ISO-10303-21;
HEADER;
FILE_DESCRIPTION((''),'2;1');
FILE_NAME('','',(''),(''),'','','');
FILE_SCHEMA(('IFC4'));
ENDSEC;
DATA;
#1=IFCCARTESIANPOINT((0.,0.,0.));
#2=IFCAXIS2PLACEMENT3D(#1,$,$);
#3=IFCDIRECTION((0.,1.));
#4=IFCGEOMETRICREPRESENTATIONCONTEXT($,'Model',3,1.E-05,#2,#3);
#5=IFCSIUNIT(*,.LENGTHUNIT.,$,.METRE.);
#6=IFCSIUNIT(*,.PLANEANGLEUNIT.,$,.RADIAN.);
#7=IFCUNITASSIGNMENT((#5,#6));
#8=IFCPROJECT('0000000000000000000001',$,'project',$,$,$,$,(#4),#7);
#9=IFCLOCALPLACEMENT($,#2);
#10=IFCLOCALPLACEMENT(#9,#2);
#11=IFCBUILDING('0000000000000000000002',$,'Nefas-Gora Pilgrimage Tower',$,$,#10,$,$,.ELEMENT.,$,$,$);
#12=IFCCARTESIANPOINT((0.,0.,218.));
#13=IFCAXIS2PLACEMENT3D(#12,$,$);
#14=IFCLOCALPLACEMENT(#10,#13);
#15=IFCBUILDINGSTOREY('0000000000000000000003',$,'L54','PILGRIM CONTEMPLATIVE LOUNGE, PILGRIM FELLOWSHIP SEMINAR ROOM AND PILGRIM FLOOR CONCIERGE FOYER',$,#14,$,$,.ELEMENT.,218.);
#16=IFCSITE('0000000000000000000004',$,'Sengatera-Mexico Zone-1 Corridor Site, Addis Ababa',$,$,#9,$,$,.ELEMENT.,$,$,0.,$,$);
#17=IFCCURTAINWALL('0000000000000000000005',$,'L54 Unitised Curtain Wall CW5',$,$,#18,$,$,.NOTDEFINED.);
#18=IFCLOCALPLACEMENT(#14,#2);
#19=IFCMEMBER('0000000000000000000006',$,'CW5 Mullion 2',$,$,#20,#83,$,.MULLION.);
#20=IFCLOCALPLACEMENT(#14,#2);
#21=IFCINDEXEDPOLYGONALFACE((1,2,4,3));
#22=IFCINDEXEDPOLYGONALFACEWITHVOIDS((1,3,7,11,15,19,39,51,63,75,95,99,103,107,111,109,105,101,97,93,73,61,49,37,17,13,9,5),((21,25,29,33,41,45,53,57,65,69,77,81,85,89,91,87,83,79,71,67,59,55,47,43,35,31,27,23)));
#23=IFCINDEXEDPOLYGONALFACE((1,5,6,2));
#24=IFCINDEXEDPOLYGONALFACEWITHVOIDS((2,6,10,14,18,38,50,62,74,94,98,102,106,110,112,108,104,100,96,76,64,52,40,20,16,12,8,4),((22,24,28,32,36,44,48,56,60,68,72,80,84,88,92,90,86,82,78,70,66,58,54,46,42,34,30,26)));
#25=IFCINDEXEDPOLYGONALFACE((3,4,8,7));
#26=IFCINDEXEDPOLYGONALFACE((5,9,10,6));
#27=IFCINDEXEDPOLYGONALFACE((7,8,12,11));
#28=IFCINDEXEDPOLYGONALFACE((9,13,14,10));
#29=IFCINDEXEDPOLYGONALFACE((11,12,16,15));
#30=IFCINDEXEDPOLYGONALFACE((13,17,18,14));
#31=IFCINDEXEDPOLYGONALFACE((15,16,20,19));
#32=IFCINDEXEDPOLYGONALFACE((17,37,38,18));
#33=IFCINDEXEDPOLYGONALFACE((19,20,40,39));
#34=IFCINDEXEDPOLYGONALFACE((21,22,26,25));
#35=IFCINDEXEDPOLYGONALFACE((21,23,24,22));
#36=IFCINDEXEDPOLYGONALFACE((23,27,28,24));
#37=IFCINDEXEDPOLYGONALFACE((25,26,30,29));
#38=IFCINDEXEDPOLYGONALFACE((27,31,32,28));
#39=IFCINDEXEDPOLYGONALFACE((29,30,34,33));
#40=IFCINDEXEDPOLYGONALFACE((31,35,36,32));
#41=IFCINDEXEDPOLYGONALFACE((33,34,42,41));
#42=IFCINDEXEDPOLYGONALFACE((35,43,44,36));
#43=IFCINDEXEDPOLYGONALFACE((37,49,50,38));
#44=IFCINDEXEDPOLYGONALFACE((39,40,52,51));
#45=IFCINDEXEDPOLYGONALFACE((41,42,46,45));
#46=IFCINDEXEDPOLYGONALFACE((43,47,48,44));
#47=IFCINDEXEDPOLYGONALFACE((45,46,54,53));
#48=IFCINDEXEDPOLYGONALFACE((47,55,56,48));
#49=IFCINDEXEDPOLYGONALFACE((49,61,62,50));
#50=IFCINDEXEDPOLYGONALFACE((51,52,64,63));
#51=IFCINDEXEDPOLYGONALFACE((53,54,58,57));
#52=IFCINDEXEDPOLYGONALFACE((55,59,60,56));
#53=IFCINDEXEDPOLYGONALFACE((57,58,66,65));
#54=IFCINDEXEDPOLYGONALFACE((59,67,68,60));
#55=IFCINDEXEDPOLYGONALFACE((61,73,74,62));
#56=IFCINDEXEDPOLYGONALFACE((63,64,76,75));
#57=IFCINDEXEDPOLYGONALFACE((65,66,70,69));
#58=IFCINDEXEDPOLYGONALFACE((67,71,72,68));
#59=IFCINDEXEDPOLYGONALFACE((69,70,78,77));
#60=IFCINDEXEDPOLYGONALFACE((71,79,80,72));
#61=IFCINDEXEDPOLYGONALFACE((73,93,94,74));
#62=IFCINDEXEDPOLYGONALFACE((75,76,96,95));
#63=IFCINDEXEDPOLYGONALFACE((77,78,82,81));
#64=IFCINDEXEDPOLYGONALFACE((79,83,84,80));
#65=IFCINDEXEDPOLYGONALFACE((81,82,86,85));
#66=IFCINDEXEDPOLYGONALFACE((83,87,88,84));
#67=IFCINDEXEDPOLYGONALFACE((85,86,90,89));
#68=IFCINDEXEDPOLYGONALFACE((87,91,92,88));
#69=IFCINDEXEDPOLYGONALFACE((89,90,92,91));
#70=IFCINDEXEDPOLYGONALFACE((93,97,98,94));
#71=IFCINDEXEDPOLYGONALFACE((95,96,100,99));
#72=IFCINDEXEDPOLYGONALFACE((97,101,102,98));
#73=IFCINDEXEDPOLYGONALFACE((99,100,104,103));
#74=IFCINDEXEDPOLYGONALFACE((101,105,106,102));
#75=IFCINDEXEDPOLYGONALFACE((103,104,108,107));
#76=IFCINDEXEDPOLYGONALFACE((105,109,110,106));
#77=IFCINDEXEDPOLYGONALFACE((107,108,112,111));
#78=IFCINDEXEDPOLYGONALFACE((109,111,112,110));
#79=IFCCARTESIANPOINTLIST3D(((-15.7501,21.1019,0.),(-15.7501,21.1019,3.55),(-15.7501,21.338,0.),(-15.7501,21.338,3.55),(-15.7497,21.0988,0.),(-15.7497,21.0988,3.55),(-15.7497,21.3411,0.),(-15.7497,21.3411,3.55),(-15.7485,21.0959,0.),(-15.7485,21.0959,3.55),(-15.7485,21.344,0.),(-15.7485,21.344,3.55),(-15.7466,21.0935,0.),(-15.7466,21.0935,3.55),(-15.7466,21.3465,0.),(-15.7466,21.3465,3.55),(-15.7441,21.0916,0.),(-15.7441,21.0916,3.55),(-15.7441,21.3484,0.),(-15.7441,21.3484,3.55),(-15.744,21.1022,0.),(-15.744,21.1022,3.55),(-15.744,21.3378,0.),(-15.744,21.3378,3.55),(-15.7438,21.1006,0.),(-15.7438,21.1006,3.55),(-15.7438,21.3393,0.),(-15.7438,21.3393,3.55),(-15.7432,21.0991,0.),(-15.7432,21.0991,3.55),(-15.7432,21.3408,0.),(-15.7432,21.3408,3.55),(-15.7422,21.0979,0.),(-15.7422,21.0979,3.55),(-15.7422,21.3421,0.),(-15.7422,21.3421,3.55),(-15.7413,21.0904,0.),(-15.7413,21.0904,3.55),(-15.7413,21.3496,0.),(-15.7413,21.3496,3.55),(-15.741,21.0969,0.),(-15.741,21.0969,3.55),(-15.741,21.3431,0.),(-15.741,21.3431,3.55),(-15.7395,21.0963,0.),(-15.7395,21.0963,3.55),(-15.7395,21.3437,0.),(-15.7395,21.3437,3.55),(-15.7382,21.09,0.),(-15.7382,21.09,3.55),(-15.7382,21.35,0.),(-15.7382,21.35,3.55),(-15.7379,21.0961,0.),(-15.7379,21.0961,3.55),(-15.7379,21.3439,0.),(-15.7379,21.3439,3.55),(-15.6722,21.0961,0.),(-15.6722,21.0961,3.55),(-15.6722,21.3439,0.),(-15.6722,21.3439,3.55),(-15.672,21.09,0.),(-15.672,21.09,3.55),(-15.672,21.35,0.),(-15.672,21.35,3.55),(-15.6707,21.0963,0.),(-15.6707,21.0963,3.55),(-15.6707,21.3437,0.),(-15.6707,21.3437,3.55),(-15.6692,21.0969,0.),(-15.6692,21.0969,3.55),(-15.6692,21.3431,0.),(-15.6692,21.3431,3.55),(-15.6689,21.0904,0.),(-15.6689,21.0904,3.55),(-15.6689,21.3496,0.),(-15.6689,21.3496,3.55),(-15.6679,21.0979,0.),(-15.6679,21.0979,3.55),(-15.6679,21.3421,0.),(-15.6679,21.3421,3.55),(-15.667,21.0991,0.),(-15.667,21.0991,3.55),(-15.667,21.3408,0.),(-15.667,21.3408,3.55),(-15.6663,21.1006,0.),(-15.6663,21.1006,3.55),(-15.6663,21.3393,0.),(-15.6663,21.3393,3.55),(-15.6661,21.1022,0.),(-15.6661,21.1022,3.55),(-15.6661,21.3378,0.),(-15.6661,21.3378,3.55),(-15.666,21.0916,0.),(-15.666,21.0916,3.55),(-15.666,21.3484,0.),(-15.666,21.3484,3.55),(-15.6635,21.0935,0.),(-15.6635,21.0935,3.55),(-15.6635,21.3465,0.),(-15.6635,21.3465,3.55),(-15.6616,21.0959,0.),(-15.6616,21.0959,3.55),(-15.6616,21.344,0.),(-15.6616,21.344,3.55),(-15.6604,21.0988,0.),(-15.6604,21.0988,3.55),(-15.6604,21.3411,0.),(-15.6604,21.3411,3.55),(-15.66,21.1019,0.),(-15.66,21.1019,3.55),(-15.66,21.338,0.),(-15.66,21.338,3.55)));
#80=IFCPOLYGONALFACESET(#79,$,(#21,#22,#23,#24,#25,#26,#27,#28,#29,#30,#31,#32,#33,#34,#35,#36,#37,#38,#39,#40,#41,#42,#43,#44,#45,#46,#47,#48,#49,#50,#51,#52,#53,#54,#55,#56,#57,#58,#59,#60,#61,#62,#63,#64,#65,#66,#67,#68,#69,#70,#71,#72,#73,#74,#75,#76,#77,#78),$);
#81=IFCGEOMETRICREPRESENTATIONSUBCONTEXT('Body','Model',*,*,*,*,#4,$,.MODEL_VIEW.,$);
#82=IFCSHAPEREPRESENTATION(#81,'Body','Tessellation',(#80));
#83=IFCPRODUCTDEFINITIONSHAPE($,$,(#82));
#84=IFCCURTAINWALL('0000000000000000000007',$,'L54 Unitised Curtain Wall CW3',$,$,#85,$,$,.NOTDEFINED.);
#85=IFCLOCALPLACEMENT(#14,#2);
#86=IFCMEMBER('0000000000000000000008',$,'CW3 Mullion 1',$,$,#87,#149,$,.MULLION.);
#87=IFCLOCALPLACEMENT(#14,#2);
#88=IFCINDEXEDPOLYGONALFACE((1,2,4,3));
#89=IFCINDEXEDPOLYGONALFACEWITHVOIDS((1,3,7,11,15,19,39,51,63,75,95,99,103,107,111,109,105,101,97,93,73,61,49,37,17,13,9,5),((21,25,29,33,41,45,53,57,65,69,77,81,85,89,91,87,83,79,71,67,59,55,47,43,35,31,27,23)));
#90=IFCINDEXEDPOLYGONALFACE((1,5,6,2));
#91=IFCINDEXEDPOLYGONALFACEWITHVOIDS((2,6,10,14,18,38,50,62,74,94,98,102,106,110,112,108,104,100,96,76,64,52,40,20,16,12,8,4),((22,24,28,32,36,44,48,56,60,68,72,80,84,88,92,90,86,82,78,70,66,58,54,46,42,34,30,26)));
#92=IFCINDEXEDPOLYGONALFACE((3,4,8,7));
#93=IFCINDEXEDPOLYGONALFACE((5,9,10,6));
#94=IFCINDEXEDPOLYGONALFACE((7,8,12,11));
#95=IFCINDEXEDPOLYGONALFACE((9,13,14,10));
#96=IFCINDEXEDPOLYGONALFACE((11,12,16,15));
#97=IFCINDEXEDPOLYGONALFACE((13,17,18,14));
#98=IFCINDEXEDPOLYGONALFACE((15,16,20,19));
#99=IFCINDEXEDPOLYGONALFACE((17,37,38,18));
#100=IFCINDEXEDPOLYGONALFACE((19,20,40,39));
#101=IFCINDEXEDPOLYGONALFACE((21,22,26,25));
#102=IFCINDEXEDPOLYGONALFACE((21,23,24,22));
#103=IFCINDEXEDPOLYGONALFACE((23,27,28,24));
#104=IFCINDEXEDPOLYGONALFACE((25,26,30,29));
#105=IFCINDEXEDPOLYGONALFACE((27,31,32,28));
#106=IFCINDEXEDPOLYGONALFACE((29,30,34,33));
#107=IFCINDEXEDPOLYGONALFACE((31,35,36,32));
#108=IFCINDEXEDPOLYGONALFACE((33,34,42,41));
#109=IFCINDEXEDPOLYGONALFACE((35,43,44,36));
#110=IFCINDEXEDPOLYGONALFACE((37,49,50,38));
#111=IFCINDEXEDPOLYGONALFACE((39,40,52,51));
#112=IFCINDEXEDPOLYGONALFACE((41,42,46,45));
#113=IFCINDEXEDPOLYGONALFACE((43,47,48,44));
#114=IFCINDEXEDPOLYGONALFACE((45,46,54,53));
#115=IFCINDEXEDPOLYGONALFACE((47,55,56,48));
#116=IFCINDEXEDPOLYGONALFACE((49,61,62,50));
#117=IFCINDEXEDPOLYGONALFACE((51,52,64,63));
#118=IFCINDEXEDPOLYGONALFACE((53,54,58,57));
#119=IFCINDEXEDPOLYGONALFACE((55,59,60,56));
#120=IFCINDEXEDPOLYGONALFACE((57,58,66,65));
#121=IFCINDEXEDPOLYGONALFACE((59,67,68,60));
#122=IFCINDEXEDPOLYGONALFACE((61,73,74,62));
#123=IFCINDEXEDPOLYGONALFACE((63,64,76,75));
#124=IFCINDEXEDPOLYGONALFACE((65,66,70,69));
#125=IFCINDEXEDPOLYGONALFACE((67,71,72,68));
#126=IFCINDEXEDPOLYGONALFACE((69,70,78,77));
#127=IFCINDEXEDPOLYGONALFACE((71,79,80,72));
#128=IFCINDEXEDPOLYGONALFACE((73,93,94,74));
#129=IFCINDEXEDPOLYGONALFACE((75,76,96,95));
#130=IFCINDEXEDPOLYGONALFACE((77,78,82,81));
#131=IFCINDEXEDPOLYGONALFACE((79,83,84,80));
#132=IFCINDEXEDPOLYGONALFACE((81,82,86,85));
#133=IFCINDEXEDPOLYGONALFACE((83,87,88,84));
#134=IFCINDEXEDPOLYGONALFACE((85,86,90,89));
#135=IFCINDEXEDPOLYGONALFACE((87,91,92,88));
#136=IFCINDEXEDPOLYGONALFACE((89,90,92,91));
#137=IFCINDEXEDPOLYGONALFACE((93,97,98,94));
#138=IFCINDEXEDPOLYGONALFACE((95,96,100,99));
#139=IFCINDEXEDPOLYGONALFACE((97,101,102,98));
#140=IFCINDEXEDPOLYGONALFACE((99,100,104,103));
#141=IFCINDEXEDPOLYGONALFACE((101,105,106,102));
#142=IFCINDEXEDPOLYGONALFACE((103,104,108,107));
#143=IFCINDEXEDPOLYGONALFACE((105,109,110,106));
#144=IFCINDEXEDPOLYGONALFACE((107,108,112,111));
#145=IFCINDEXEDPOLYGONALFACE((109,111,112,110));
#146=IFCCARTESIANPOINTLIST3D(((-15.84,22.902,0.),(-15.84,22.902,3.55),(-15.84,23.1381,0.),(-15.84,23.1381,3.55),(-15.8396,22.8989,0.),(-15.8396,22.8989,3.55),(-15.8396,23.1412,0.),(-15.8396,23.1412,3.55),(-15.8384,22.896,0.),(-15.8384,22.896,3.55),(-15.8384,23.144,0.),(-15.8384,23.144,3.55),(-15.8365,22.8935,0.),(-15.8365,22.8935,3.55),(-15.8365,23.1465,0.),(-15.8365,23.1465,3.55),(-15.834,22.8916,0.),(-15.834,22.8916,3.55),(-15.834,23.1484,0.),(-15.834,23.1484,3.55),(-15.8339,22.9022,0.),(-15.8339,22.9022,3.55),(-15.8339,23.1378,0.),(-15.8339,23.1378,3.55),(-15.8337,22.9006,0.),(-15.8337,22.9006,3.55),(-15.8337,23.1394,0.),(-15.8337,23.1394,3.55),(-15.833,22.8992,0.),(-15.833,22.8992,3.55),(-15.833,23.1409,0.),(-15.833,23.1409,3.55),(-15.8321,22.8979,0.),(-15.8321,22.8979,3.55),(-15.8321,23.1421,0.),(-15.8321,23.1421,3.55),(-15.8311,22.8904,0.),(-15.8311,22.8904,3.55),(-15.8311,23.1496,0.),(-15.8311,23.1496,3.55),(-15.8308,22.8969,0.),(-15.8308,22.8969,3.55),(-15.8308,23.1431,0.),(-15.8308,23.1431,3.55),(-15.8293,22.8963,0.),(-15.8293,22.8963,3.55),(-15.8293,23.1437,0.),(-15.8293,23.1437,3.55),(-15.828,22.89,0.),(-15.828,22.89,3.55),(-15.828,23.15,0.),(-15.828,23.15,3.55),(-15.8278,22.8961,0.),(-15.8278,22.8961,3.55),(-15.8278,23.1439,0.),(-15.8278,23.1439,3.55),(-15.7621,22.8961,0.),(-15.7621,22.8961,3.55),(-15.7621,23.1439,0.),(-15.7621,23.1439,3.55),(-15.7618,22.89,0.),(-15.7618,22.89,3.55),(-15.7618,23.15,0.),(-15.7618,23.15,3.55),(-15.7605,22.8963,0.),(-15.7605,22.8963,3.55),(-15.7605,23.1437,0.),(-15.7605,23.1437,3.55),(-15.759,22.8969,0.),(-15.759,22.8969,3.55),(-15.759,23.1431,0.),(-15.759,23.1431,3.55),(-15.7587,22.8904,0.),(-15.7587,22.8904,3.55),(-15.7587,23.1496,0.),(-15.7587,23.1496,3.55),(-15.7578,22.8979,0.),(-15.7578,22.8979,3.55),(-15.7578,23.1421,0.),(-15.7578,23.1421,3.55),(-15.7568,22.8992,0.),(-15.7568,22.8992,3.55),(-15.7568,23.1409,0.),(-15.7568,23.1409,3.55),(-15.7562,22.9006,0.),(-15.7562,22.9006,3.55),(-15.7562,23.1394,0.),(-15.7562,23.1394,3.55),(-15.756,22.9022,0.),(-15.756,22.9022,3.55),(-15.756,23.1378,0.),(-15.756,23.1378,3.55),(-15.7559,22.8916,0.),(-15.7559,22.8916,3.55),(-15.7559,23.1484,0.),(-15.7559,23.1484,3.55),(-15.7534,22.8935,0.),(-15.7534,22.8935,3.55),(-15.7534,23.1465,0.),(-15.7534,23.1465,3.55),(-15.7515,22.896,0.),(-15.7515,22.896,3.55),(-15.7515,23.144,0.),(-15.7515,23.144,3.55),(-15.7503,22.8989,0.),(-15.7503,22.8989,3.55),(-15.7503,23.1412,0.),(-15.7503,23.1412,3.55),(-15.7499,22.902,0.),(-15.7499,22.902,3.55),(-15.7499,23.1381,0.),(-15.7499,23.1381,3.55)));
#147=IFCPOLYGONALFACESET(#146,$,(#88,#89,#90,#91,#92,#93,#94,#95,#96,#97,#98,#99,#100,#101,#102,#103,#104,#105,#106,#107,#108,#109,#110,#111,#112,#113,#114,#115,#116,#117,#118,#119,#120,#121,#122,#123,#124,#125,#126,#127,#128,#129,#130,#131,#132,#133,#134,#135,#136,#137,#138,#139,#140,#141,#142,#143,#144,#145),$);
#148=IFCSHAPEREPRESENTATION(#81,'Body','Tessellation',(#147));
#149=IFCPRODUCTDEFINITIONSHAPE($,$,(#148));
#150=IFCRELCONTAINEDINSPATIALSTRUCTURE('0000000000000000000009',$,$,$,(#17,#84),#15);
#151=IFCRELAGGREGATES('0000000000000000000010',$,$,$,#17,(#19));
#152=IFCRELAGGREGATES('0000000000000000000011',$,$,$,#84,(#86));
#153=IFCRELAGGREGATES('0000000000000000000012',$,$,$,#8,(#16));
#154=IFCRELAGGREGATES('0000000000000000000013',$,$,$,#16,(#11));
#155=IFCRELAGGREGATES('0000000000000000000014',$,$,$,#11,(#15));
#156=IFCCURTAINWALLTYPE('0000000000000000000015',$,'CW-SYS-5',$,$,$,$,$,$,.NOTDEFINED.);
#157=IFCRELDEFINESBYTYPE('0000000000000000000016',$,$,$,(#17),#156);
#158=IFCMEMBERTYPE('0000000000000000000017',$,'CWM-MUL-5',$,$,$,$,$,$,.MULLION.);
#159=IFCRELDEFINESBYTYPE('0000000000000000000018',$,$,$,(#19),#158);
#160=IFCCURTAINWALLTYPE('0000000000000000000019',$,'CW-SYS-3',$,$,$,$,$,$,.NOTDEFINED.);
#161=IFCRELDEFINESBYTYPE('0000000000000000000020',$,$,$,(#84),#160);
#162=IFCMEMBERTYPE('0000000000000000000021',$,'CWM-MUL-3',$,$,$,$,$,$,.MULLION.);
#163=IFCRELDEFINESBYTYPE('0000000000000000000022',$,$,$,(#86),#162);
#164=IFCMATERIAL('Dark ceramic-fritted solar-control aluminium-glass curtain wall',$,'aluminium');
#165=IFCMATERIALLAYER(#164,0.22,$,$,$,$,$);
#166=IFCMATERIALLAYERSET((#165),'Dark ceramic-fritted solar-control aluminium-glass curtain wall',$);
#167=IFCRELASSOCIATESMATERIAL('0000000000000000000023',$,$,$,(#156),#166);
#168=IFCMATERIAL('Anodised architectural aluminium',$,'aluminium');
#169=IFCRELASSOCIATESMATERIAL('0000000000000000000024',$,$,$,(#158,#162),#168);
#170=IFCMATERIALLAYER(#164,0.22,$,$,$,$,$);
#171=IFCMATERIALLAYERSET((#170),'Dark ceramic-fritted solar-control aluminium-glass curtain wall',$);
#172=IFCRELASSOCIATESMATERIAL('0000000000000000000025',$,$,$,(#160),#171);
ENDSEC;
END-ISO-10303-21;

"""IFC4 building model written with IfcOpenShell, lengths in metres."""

from ifc_helpers import new_model, si_unit, direction, frame, origin, origin_2d, place, context, subcontext, project, spatial, hollow_rectangle, extrude, source, transform, mapped, material, layer, layer_set, material_profile, profile_set, type_object, element, aggregate, save


model = new_model("IFC4")

# Units and contexts
model_context = context("Model", 3, precision=1e-05, world=origin(), true_north=direction((0.0, 1.0)))
body_context = subcontext(model_context, "Body", "Model", "MODEL_VIEW")
ifc_project = project(units=[si_unit("LENGTHUNIT", "METRE"), si_unit("PLANEANGLEUNIT", "RADIAN")], contexts=[model_context])

# Site, building, storey
site_placement = place(None, origin())
site = spatial("IfcSite", under=ifc_project, at=site_placement, Name="Sengatera-Mexico Zone-1 Corridor Site, Addis Ababa", CompositionType="ELEMENT", RefElevation=0.0)
building_placement = place(site_placement, origin())
building = spatial("IfcBuilding", under=site, at=building_placement, Name="Nefas-Gora Pilgrimage Tower", CompositionType="ELEMENT")
storey_placement = place(building_placement, frame((0.0, 0.0, 218.0)))
storey = spatial("IfcBuildingStorey", under=building, at=storey_placement, Name="L54", Description="PILGRIM CONTEMPLATIVE LOUNGE, PILGRIM FELLOWSHIP SEMINAR ROOM AND PILGRIM FLOOR CONCIERGE FOYER", CompositionType="ELEMENT", Elevation=218.0)

# Curtain wall, member
ifc_material_1 = material(Name="Dark ceramic-fritted solar-control aluminium-glass curtain wall", Category="aluminium")
ifc_layer_1 = layer(ifc_material_1, 0.22)
ifc_layer_set_1 = layer_set([ifc_layer_1], Name="Dark ceramic-fritted solar-control aluminium-glass curtain wall")
curtain_wall_type_1 = type_object("IfcCurtainWallType", Name="CW-SYS-5", PredefinedType="NOTDEFINED", material=ifc_layer_set_1)
curtain_wall_1_placement = place(storey_placement, origin())
curtain_wall_1 = element("IfcCurtainWall", 1, at=curtain_wall_1_placement, inside=storey, type_object=curtain_wall_type_1, Name="L54 Unitised Curtain Wall CW5", PredefinedType="NOTDEFINED")
ifc_material_2 = material(Name="Anodised architectural aluminium", Category="aluminium")
ifc_material_profile_1 = material_profile(ifc_material_2, hollow_rectangle(XDim=0.0901, YDim=0.26, WallThickness=0.0061, InnerFilletRadius=0.0061, OuterFilletRadius=0.012, at=origin_2d()), Name="ALU MULLION 90x260")
ifc_profile_set_1 = profile_set([ifc_material_profile_1], Name="Anodised architectural aluminium")
member_type_1 = type_object("IfcMemberType", Name="CWM-MUL-5", PredefinedType="MULLION", material=ifc_profile_set_1)
shared_shape_1 = source(origin(), body_context, "Body", "SweptSolid", [
    extrude(hollow_rectangle(XDim=0.0901, YDim=0.26, WallThickness=0.0061, InnerFilletRadius=0.0061, OuterFilletRadius=0.012, at=origin_2d()), origin(), (0.0, 0.0, 1.0), 3.55),
])
member_1_placement = place(storey_placement, frame((-15.7051, 21.22, 0.0), z_axis=(0.0, 0.0, 1.0), x_axis=(-1.0, 0.0, 0.0)))
member_1 = element("IfcMember", 2, at=member_1_placement, type_object=member_type_1, Name="CW5 Mullion 2", PredefinedType="MULLION", context=body_context, shape_type="MappedRepresentation", body=[
    mapped(shared_shape_1, transform((0.0, 0.0, 0.0), x_axis=(1.0, 0.0, 0.0), y_axis=(0.0, 1.0, 0.0), z_axis=(0.0, 0.0, 1.0), scale=1.0)),
])

# Curtain wall, member
ifc_layer_2 = layer(ifc_material_1, 0.22)
ifc_layer_set_2 = layer_set([ifc_layer_2], Name="Dark ceramic-fritted solar-control aluminium-glass curtain wall")
curtain_wall_type_2 = type_object("IfcCurtainWallType", Name="CW-SYS-3", PredefinedType="NOTDEFINED", material=ifc_layer_set_2)
curtain_wall_2_placement = place(storey_placement, origin())
curtain_wall_2 = element("IfcCurtainWall", 3, at=curtain_wall_2_placement, inside=storey, type_object=curtain_wall_type_2, Name="L54 Unitised Curtain Wall CW3", PredefinedType="NOTDEFINED")
ifc_material_profile_2 = material_profile(ifc_material_2, hollow_rectangle(XDim=0.0901, YDim=0.26, WallThickness=0.0061, InnerFilletRadius=0.0061, OuterFilletRadius=0.012, at=origin_2d()), Name="ALU MULLION 90x260")
ifc_profile_set_2 = profile_set([ifc_material_profile_2], Name="Anodised architectural aluminium")
member_type_2 = type_object("IfcMemberType", Name="CWM-MUL-3", PredefinedType="MULLION", material=ifc_profile_set_2)
shared_shape_2 = source(origin(), body_context, "Body", "SweptSolid", [
    extrude(hollow_rectangle(XDim=0.0901, YDim=0.26, WallThickness=0.0061, InnerFilletRadius=0.0061, OuterFilletRadius=0.012, at=origin_2d()), origin(), (0.0, 0.0, 1.0), 3.55),
])
member_2_placement = place(storey_placement, frame((-15.7949, 23.02, 0.0), z_axis=(0.0, 0.0, 1.0), x_axis=(-1.0, 0.0, 0.0)))
member_2 = element("IfcMember", 4, at=member_2_placement, type_object=member_type_2, Name="CW3 Mullion 1", PredefinedType="MULLION", context=body_context, shape_type="MappedRepresentation", body=[
    mapped(shared_shape_2, transform((0.0, 0.0, 0.0), x_axis=(1.0, 0.0, 0.0), y_axis=(0.0, 1.0, 0.0), z_axis=(0.0, 0.0, 1.0), scale=1.0)),
])

aggregate(curtain_wall_1, [member_1])
aggregate(curtain_wall_2, [member_2])

save(model, "model.ifc")
